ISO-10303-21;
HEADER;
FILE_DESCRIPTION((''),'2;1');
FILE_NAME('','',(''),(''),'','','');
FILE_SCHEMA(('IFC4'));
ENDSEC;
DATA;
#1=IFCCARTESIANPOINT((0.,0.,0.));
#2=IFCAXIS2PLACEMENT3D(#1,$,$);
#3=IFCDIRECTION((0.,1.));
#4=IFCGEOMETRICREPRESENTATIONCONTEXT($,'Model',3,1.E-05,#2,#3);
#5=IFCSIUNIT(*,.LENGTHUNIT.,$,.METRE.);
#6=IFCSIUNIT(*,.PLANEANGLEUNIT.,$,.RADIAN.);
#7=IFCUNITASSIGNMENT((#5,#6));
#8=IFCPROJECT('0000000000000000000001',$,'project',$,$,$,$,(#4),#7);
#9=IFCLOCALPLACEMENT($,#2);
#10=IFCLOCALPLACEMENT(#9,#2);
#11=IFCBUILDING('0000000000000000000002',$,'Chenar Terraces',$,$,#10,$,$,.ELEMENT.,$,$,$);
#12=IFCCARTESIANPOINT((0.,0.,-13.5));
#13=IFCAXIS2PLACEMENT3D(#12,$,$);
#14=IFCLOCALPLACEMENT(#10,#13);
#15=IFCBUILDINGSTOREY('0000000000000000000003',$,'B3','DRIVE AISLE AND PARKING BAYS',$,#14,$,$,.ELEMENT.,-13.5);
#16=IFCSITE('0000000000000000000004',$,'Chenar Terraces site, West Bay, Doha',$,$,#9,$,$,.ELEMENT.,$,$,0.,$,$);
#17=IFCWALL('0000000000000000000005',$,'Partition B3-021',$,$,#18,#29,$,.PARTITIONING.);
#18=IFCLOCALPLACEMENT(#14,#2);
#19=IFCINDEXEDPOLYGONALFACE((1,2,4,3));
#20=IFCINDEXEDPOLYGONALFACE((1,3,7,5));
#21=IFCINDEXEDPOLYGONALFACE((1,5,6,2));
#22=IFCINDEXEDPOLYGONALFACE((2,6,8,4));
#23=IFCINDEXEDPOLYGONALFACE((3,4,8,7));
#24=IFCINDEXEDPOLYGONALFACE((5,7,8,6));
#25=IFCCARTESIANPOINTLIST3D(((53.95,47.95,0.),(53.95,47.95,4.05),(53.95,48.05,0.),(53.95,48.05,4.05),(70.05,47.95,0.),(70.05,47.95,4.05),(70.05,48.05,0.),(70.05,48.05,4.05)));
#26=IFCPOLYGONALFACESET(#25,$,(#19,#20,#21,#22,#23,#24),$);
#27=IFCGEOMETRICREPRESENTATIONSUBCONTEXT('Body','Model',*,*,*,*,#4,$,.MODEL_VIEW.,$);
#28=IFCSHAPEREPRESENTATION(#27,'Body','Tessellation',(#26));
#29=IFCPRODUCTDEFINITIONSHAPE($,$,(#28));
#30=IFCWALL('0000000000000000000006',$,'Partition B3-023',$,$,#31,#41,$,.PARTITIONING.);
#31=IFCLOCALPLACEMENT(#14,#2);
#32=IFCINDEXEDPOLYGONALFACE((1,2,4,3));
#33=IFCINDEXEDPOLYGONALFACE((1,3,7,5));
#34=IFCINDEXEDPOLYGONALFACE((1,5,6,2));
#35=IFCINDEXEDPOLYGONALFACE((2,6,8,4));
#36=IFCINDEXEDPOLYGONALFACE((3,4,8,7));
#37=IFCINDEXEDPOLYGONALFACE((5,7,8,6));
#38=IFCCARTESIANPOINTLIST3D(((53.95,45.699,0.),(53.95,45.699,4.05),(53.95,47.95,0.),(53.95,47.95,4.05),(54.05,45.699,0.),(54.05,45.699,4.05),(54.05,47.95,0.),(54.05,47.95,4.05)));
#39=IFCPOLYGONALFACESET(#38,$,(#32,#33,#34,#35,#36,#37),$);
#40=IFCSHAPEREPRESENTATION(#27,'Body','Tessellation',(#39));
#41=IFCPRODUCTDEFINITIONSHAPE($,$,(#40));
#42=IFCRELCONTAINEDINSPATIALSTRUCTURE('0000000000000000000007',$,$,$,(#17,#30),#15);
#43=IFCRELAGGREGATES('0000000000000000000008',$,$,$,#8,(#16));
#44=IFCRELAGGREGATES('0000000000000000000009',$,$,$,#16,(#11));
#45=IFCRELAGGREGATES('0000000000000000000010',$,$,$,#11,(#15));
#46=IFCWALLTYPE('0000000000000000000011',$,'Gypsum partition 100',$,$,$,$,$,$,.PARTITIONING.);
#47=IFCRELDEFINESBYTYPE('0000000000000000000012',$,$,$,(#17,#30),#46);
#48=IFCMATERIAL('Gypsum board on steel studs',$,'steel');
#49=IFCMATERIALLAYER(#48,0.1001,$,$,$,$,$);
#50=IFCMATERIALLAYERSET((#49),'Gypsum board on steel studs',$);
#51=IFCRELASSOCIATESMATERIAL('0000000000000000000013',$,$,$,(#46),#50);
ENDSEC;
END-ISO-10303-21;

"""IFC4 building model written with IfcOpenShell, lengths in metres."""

from ifc_helpers import new_model, si_unit, direction, frame, frame_2d, origin, place, context, subcontext, project, spatial, rectangle, extrude, material, layer, layer_set, type_object, element, save


model = new_model("IFC4")

# Units and contexts
model_context = context("Model", 3, precision=1e-05, world=origin(), true_north=direction((0.0, 1.0)))
body_context = subcontext(model_context, "Body", "Model", "MODEL_VIEW")
ifc_project = project(units=[si_unit("LENGTHUNIT", "METRE"), si_unit("PLANEANGLEUNIT", "RADIAN")], contexts=[model_context])

# Site, building, storey
site_placement = place(None, origin())
site = spatial("IfcSite", under=ifc_project, at=site_placement, Name="Chenar Terraces site, West Bay, Doha", CompositionType="ELEMENT", RefElevation=0.0)
building_placement = place(site_placement, origin())
building = spatial("IfcBuilding", under=site, at=building_placement, Name="Chenar Terraces", CompositionType="ELEMENT")
storey_placement = place(building_placement, frame((0.0, 0.0, -13.5)))
storey = spatial("IfcBuildingStorey", under=building, at=storey_placement, Name="B3", Description="DRIVE AISLE AND PARKING BAYS", CompositionType="ELEMENT", Elevation=-13.5)

# Walls
ifc_material_1 = material(Name="Gypsum board on steel studs", Category="steel")
ifc_layer = layer(ifc_material_1, 0.1001)
ifc_layer_set = layer_set([ifc_layer], Name="Gypsum board on steel studs")
wall_type = type_object("IfcWallType", Name="Gypsum partition 100", PredefinedType="PARTITIONING", material=ifc_layer_set)
wall_1_placement = place(storey_placement, frame((53.95, 48.0, 0.0), z_axis=(0.0, 0.0, 1.0), x_axis=(1.0, 0.0, 0.0)))
element("IfcWall", 1, at=wall_1_placement, inside=storey, type_object=wall_type, Name="Partition B3-021", PredefinedType="PARTITIONING", context=body_context, shape_type="SweptSolid", body=[
    extrude(rectangle(XDim=16.1001, YDim=0.1001, at=frame_2d((8.05, 0.0))), origin(), (0.0, 0.0, 1.0), 4.05),
])
wall_2_placement = place(storey_placement, frame((54.0, 45.699, 0.0), z_axis=(0.0, 0.0, 1.0), x_axis=(0.0, 1.0, 0.0)))
element("IfcWall", 2, at=wall_2_placement, inside=storey, type_object=wall_type, Name="Partition B3-023", PredefinedType="PARTITIONING", context=body_context, shape_type="SweptSolid", body=[
    extrude(rectangle(XDim=2.251, YDim=0.1001, at=frame_2d((1.1255, 0.0))), origin(), (0.0, 0.0, 1.0), 4.05),
])

save(model, "model.ifc")
